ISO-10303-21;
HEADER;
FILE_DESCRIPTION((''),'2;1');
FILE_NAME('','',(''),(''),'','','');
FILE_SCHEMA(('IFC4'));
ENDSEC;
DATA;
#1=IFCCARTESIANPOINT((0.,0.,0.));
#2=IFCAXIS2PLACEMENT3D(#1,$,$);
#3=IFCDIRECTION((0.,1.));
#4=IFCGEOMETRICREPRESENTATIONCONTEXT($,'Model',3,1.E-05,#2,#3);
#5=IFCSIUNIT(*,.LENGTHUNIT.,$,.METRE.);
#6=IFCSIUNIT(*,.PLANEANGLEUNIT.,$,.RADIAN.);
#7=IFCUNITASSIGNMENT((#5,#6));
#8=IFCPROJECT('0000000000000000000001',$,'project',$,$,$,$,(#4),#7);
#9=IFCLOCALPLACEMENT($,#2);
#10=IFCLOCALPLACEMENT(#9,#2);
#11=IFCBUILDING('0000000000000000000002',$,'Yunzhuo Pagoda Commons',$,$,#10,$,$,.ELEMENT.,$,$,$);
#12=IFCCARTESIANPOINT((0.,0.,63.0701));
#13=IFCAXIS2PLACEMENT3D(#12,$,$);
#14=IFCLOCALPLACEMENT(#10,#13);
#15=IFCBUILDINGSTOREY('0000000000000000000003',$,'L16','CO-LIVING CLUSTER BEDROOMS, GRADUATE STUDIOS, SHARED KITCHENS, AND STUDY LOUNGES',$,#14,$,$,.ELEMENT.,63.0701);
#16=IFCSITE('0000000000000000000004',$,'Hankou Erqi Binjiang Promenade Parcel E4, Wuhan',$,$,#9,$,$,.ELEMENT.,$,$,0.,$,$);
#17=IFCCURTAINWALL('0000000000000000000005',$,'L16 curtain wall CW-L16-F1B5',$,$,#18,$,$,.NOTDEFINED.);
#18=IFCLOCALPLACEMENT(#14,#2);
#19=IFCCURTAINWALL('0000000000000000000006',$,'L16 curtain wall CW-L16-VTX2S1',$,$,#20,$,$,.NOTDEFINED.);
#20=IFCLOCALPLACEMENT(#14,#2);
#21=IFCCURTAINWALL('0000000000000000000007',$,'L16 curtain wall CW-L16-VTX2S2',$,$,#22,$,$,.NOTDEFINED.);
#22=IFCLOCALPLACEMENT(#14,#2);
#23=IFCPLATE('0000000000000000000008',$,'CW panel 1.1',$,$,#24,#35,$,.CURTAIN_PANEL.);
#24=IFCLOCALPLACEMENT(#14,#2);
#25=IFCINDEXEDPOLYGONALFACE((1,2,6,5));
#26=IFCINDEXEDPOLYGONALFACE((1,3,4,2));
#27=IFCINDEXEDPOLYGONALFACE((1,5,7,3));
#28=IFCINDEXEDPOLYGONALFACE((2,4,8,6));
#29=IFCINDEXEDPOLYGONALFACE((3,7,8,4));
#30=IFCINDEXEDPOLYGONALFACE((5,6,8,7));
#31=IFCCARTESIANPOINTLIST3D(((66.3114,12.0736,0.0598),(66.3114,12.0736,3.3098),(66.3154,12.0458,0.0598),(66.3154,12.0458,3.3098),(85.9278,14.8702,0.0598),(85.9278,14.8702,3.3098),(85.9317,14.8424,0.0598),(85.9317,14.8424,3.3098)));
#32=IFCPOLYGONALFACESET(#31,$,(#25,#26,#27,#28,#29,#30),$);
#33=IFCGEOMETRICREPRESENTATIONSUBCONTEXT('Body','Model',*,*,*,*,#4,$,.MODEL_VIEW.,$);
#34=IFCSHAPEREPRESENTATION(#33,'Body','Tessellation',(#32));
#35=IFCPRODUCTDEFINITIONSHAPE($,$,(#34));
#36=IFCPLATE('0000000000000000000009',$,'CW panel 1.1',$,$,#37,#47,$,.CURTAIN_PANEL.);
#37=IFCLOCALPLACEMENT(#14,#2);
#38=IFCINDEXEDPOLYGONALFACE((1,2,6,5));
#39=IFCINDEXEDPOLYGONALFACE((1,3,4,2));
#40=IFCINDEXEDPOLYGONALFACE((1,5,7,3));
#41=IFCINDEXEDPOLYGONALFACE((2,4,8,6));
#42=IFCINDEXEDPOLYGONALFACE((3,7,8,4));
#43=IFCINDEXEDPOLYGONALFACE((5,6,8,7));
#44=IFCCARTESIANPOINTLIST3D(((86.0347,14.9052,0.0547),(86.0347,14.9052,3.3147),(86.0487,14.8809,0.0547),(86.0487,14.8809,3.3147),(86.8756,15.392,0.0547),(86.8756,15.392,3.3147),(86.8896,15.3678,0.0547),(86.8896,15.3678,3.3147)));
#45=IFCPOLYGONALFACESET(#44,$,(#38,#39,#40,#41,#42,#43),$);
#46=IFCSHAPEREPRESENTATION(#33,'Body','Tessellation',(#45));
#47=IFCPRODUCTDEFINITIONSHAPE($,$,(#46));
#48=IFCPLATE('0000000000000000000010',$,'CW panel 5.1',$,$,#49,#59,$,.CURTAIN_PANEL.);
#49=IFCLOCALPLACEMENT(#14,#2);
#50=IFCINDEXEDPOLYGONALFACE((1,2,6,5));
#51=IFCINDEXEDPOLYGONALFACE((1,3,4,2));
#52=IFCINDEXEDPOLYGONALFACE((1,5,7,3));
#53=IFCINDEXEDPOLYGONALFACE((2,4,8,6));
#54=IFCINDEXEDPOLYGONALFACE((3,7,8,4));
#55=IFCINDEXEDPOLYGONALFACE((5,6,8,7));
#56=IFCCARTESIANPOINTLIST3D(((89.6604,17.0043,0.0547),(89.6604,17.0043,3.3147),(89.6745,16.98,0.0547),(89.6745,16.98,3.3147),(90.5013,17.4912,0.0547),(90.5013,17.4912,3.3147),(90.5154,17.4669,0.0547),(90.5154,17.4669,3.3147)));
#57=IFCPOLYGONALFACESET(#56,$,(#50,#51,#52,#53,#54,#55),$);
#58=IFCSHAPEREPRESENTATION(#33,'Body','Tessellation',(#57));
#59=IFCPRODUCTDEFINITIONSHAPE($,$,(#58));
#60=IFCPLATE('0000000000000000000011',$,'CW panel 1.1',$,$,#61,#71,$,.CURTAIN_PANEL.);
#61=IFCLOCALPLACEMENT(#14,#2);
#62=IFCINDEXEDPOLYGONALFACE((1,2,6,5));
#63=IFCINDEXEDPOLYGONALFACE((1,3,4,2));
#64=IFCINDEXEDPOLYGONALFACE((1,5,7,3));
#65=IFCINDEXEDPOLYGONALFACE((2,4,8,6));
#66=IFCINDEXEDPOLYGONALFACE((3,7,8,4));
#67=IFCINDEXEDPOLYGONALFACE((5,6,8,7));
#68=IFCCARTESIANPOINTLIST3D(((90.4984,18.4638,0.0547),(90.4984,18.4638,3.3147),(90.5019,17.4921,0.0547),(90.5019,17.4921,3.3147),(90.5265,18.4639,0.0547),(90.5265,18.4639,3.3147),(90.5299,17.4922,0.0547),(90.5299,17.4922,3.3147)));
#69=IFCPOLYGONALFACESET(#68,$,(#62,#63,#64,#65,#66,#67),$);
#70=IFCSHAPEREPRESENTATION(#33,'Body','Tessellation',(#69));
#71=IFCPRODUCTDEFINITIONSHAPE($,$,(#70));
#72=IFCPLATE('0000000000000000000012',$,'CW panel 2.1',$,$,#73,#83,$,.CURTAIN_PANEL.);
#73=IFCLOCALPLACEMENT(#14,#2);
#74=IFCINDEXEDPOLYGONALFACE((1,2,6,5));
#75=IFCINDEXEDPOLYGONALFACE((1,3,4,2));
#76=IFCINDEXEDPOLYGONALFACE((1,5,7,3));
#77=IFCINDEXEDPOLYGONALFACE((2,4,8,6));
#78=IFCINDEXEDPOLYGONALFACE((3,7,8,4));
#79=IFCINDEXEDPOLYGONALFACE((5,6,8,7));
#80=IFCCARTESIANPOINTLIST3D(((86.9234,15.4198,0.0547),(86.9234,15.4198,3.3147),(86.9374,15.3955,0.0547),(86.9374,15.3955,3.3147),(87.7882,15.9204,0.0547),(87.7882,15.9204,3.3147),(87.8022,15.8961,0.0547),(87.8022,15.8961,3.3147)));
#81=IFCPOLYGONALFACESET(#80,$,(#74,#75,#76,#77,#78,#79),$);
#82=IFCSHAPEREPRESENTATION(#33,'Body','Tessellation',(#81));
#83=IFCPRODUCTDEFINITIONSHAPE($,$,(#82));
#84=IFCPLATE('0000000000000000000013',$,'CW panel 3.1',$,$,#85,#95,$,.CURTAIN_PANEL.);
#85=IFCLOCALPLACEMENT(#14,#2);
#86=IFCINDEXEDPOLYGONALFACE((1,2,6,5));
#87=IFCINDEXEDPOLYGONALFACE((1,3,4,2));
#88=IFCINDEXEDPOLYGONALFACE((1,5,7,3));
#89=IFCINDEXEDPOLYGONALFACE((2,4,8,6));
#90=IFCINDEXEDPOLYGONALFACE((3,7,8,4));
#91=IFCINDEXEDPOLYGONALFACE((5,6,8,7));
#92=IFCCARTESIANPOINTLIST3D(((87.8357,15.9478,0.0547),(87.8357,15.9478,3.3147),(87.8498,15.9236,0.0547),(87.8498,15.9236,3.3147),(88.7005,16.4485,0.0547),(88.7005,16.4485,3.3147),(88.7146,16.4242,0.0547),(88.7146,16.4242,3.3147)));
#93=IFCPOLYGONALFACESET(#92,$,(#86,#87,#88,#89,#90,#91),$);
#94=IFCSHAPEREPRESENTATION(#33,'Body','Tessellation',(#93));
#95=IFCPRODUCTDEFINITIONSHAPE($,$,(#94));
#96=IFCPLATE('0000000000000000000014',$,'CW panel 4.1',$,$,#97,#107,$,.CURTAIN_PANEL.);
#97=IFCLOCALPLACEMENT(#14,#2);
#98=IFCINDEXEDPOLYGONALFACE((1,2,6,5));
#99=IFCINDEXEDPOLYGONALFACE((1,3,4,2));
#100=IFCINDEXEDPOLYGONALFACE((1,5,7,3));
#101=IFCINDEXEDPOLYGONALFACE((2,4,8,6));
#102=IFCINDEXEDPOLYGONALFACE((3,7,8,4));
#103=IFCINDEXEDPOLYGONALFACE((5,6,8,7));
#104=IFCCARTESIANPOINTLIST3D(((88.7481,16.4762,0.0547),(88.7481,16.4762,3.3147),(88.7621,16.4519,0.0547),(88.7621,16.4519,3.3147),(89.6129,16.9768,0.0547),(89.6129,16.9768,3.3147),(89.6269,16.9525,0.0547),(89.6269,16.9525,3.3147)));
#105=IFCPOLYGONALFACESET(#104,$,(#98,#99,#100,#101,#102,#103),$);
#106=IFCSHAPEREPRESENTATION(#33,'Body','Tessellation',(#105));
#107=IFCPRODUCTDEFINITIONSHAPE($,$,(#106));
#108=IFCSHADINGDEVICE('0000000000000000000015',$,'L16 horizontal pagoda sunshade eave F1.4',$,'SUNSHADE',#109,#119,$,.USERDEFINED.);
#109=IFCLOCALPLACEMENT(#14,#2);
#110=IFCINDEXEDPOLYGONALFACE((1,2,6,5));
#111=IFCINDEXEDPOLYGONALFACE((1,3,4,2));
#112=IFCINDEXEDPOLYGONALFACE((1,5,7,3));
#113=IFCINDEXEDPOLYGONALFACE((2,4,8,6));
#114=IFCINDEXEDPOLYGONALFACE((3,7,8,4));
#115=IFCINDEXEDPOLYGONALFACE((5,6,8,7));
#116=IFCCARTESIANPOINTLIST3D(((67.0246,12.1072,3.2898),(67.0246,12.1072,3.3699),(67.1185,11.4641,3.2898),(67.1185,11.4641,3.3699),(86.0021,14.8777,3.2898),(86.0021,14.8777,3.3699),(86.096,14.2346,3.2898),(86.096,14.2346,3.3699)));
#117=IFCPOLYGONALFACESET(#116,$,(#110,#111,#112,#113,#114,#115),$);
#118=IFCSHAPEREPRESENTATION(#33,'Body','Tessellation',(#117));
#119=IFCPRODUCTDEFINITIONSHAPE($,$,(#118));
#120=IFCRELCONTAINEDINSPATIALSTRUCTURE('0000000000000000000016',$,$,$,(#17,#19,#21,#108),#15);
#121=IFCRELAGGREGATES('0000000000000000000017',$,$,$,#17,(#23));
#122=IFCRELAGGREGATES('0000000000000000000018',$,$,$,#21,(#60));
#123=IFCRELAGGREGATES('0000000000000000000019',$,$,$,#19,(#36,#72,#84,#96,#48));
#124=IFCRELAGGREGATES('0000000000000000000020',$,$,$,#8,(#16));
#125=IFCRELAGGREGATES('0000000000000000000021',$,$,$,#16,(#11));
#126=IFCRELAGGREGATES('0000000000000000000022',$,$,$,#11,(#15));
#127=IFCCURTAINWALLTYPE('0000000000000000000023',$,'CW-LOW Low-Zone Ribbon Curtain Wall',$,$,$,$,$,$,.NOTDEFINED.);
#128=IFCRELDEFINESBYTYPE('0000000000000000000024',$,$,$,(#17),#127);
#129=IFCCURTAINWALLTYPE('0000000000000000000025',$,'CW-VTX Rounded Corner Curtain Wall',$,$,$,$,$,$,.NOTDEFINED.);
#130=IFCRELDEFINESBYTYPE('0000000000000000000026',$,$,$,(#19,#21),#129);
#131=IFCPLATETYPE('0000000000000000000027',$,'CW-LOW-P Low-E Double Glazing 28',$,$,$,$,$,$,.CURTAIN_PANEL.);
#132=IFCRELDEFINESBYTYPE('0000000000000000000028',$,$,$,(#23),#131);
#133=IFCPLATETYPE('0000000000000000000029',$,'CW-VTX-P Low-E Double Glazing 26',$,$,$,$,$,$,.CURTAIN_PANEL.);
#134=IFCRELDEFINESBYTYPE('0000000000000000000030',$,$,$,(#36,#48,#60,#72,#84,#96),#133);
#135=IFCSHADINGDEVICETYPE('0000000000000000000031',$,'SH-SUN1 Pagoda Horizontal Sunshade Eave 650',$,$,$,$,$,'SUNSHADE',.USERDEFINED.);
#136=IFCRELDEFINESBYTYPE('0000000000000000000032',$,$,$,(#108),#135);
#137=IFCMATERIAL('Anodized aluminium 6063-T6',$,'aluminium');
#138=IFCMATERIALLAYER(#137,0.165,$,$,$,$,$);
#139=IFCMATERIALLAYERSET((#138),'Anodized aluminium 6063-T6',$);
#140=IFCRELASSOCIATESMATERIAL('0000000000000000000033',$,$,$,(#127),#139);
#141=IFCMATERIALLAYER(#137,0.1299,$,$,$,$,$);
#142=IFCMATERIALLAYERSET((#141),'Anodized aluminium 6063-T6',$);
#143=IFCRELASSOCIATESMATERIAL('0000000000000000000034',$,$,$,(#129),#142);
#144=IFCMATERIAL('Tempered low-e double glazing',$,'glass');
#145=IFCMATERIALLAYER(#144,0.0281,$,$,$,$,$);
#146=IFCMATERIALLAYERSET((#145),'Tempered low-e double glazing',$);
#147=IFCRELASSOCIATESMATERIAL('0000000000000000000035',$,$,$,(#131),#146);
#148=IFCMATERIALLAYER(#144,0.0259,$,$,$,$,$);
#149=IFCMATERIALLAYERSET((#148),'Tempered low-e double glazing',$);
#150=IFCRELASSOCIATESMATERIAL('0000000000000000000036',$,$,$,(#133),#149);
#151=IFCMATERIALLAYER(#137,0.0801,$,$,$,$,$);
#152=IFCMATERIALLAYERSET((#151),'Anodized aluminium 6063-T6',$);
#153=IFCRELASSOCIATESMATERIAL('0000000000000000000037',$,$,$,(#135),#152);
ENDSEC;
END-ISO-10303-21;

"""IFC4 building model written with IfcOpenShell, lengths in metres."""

from ifc_helpers import new_model, si_unit, direction, frame, origin, origin_2d, place, context, subcontext, project, spatial, rectangle, extrude, source, transform, mapped, material, layer, layer_set, type_object, element, aggregate, save


model = new_model("IFC4")

# Units and contexts
model_context = context("Model", 3, precision=1e-05, world=origin(), true_north=direction((0.0, 1.0)))
body_context = subcontext(model_context, "Body", "Model", "MODEL_VIEW")
ifc_project = project(units=[si_unit("LENGTHUNIT", "METRE"), si_unit("PLANEANGLEUNIT", "RADIAN")], contexts=[model_context])

# Site, building, storey
site_placement = place(None, origin())
site = spatial("IfcSite", under=ifc_project, at=site_placement, Name="Hankou Erqi Binjiang Promenade Parcel E4, Wuhan", CompositionType="ELEMENT", RefElevation=0.0)
building_placement = place(site_placement, origin())
building = spatial("IfcBuilding", under=site, at=building_placement, Name="Yunzhuo Pagoda Commons", CompositionType="ELEMENT")
storey_placement = place(building_placement, frame((0.0, 0.0, 63.0701)))
storey = spatial("IfcBuildingStorey", under=building, at=storey_placement, Name="L16", Description="CO-LIVING CLUSTER BEDROOMS, GRADUATE STUDIOS, SHARED KITCHENS, AND STUDY LOUNGES", CompositionType="ELEMENT", Elevation=63.0701)

# Curtain wall
ifc_material_1 = material(Name="Anodized aluminium 6063-T6", Category="aluminium")
ifc_layer_1 = layer(ifc_material_1, 0.165)
ifc_layer_set_1 = layer_set([ifc_layer_1], Name="Anodized aluminium 6063-T6")
curtain_wall_type_1 = type_object("IfcCurtainWallType", Name="CW-LOW Low-Zone Ribbon Curtain Wall", PredefinedType="NOTDEFINED", material=ifc_layer_set_1)
curtain_wall_1_placement = place(storey_placement, origin())
curtain_wall_1 = element("IfcCurtainWall", 1, at=curtain_wall_1_placement, inside=storey, type_object=curtain_wall_type_1, Name="L16 curtain wall CW-L16-F1B5", PredefinedType="NOTDEFINED")

# Curtain wall
ifc_layer_2 = layer(ifc_material_1, 0.1299)
ifc_layer_set_2 = layer_set([ifc_layer_2], Name="Anodized aluminium 6063-T6")
curtain_wall_type_2 = type_object("IfcCurtainWallType", Name="CW-VTX Rounded Corner Curtain Wall", PredefinedType="NOTDEFINED", material=ifc_layer_set_2)
curtain_wall_2_placement = place(storey_placement, origin())
curtain_wall_2 = element("IfcCurtainWall", 2, at=curtain_wall_2_placement, inside=storey, type_object=curtain_wall_type_2, Name="L16 curtain wall CW-L16-VTX2S1", PredefinedType="NOTDEFINED")

# Curtain wall
curtain_wall_3_placement = place(storey_placement, origin())
curtain_wall_3 = element("IfcCurtainWall", 3, at=curtain_wall_3_placement, inside=storey, type_object=curtain_wall_type_2, Name="L16 curtain wall CW-L16-VTX2S2", PredefinedType="NOTDEFINED")

# Plates
ifc_material_2 = material(Name="Tempered low-e double glazing", Category="glass")
ifc_layer_3 = layer(ifc_material_2, 0.0281)
ifc_layer_set_3 = layer_set([ifc_layer_3], Name="Tempered low-e double glazing")
plate_type_1 = type_object("IfcPlateType", Name="CW-LOW-P Low-E Double Glazing 28", PredefinedType="CURTAIN_PANEL", material=ifc_layer_set_3)
shared_shape_1 = source(origin(), body_context, "Body", "SweptSolid", [
    extrude(rectangle(XDim=19.8147, YDim=0.0281, at=origin_2d()), origin(), (0.0, 0.0, 1.0), 3.25),
])
plate_1_placement = place(storey_placement, frame((76.1216, 13.458, 0.0598), z_axis=(0.0, 0.0, 1.0), x_axis=(0.98999, 0.14114, 0.0)))
plate_1 = element("IfcPlate", 4, at=plate_1_placement, type_object=plate_type_1, Name="CW panel 1.1", PredefinedType="CURTAIN_PANEL", context=body_context, shape_type="MappedRepresentation", body=[
    mapped(shared_shape_1, transform((0.0, 0.0, 0.0), scale=1.0)),
])
aggregate(curtain_wall_1, [plate_1])
ifc_layer_4 = layer(ifc_material_2, 0.0259)
ifc_layer_set_4 = layer_set([ifc_layer_4], Name="Tempered low-e double glazing")
plate_type_2 = type_object("IfcPlateType", Name="CW-VTX-P Low-E Double Glazing 26", PredefinedType="CURTAIN_PANEL", material=ifc_layer_set_4)
shared_shape_2 = source(origin(), body_context, "Body", "SweptSolid", [
    extrude(rectangle(XDim=0.9717, YDim=0.0281, at=origin_2d()), origin(), (0.0, 0.0, 1.0), 3.26),
])
plate_2_placement = place(storey_placement, frame((86.4622, 15.1365, 0.0547), z_axis=(0.0, 0.0, 1.0), x_axis=(0.865425, 0.501039, 0.0)))
plate_2 = element("IfcPlate", 5, at=plate_2_placement, type_object=plate_type_2, Name="CW panel 1.1", PredefinedType="CURTAIN_PANEL", context=body_context, shape_type="MappedRepresentation", body=[
    mapped(shared_shape_2, transform((0.0, 0.0, 0.0), scale=1.0)),
])
plate_3_placement = place(storey_placement, frame((90.0879, 17.2356, 0.0547), z_axis=(0.0, 0.0, 1.0), x_axis=(0.865425, 0.501039, 0.0)))
plate_3 = element("IfcPlate", 6, at=plate_3_placement, type_object=plate_type_2, Name="CW panel 5.1", PredefinedType="CURTAIN_PANEL", context=body_context, shape_type="MappedRepresentation", body=[
    mapped(shared_shape_2, transform((0.0, 0.0, 0.0), scale=1.0)),
])
plate_4_placement = place(storey_placement, frame((90.5142, 17.978, 0.0547), z_axis=(0.0, 0.0, 1.0), x_axis=(-0.003586, 0.999994, 0.0)))
plate_4 = element("IfcPlate", 7, at=plate_4_placement, type_object=plate_type_2, Name="CW panel 1.1", PredefinedType="CURTAIN_PANEL", context=body_context, shape_type="MappedRepresentation", body=[
    mapped(shared_shape_2, transform((0.0, 0.0, 0.0), scale=1.0)),
])
aggregate(curtain_wall_3, [plate_4])
shared_shape_3 = source(origin(), body_context, "Body", "SweptSolid", [
    extrude(rectangle(XDim=0.9993, YDim=0.0281, at=origin_2d()), origin(), (0.0, 0.0, 1.0), 3.26),
])
plate_5_placement = place(storey_placement, frame((87.3628, 15.658, 0.0547), z_axis=(0.0, 0.0, 1.0), x_axis=(0.865425, 0.501039, 0.0)))
plate_5 = element("IfcPlate", 8, at=plate_5_placement, type_object=plate_type_2, Name="CW panel 2.1", PredefinedType="CURTAIN_PANEL", context=body_context, shape_type="MappedRepresentation", body=[
    mapped(shared_shape_3, transform((0.0, 0.0, 0.0), scale=1.0)),
])
plate_6_placement = place(storey_placement, frame((88.2751, 16.186, 0.0547), z_axis=(0.0, 0.0, 1.0), x_axis=(0.865425, 0.501039, 0.0)))
plate_6 = element("IfcPlate", 9, at=plate_6_placement, type_object=plate_type_2, Name="CW panel 3.1", PredefinedType="CURTAIN_PANEL", context=body_context, shape_type="MappedRepresentation", body=[
    mapped(shared_shape_3, transform((0.0, 0.0, 0.0), scale=1.0)),
])
plate_7_placement = place(storey_placement, frame((89.1875, 16.7144, 0.0547), z_axis=(0.0, 0.0, 1.0), x_axis=(0.865425, 0.501039, 0.0)))
plate_7 = element("IfcPlate", 10, at=plate_7_placement, type_object=plate_type_2, Name="CW panel 4.1", PredefinedType="CURTAIN_PANEL", context=body_context, shape_type="MappedRepresentation", body=[
    mapped(shared_shape_3, transform((0.0, 0.0, 0.0), scale=1.0)),
])
aggregate(curtain_wall_2, [plate_2, plate_5, plate_6, plate_7, plate_3])

# Shading device
ifc_layer_5 = layer(ifc_material_1, 0.0801)
ifc_layer_set_5 = layer_set([ifc_layer_5], Name="Anodized aluminium 6063-T6")
shading_device_type = type_object("IfcShadingDeviceType", Name="SH-SUN1 Pagoda Horizontal Sunshade Eave 650", ElementType="SUNSHADE", PredefinedType="USERDEFINED", material=ifc_layer_set_5)
shared_shape_4 = source(origin(), body_context, "Body", "SweptSolid", [
    extrude(rectangle(XDim=19.1787, YDim=0.6499, at=origin_2d()), origin(), (0.0, 0.0, 1.0), 0.0801),
])
shading_device_placement = place(storey_placement, frame((76.5603, 13.1709, 3.2898), z_axis=(0.0, 0.0, 1.0), x_axis=(0.989511, 0.14446, 0.0)))
element("IfcShadingDevice", 11, at=shading_device_placement, inside=storey, type_object=shading_device_type, Name="L16 horizontal pagoda sunshade eave F1.4", ObjectType="SUNSHADE", PredefinedType="USERDEFINED", context=body_context, shape_type="MappedRepresentation", body=[
    mapped(shared_shape_4, transform((0.0, 0.0, 0.0), scale=1.0)),
])

save(model, "model.ifc")
